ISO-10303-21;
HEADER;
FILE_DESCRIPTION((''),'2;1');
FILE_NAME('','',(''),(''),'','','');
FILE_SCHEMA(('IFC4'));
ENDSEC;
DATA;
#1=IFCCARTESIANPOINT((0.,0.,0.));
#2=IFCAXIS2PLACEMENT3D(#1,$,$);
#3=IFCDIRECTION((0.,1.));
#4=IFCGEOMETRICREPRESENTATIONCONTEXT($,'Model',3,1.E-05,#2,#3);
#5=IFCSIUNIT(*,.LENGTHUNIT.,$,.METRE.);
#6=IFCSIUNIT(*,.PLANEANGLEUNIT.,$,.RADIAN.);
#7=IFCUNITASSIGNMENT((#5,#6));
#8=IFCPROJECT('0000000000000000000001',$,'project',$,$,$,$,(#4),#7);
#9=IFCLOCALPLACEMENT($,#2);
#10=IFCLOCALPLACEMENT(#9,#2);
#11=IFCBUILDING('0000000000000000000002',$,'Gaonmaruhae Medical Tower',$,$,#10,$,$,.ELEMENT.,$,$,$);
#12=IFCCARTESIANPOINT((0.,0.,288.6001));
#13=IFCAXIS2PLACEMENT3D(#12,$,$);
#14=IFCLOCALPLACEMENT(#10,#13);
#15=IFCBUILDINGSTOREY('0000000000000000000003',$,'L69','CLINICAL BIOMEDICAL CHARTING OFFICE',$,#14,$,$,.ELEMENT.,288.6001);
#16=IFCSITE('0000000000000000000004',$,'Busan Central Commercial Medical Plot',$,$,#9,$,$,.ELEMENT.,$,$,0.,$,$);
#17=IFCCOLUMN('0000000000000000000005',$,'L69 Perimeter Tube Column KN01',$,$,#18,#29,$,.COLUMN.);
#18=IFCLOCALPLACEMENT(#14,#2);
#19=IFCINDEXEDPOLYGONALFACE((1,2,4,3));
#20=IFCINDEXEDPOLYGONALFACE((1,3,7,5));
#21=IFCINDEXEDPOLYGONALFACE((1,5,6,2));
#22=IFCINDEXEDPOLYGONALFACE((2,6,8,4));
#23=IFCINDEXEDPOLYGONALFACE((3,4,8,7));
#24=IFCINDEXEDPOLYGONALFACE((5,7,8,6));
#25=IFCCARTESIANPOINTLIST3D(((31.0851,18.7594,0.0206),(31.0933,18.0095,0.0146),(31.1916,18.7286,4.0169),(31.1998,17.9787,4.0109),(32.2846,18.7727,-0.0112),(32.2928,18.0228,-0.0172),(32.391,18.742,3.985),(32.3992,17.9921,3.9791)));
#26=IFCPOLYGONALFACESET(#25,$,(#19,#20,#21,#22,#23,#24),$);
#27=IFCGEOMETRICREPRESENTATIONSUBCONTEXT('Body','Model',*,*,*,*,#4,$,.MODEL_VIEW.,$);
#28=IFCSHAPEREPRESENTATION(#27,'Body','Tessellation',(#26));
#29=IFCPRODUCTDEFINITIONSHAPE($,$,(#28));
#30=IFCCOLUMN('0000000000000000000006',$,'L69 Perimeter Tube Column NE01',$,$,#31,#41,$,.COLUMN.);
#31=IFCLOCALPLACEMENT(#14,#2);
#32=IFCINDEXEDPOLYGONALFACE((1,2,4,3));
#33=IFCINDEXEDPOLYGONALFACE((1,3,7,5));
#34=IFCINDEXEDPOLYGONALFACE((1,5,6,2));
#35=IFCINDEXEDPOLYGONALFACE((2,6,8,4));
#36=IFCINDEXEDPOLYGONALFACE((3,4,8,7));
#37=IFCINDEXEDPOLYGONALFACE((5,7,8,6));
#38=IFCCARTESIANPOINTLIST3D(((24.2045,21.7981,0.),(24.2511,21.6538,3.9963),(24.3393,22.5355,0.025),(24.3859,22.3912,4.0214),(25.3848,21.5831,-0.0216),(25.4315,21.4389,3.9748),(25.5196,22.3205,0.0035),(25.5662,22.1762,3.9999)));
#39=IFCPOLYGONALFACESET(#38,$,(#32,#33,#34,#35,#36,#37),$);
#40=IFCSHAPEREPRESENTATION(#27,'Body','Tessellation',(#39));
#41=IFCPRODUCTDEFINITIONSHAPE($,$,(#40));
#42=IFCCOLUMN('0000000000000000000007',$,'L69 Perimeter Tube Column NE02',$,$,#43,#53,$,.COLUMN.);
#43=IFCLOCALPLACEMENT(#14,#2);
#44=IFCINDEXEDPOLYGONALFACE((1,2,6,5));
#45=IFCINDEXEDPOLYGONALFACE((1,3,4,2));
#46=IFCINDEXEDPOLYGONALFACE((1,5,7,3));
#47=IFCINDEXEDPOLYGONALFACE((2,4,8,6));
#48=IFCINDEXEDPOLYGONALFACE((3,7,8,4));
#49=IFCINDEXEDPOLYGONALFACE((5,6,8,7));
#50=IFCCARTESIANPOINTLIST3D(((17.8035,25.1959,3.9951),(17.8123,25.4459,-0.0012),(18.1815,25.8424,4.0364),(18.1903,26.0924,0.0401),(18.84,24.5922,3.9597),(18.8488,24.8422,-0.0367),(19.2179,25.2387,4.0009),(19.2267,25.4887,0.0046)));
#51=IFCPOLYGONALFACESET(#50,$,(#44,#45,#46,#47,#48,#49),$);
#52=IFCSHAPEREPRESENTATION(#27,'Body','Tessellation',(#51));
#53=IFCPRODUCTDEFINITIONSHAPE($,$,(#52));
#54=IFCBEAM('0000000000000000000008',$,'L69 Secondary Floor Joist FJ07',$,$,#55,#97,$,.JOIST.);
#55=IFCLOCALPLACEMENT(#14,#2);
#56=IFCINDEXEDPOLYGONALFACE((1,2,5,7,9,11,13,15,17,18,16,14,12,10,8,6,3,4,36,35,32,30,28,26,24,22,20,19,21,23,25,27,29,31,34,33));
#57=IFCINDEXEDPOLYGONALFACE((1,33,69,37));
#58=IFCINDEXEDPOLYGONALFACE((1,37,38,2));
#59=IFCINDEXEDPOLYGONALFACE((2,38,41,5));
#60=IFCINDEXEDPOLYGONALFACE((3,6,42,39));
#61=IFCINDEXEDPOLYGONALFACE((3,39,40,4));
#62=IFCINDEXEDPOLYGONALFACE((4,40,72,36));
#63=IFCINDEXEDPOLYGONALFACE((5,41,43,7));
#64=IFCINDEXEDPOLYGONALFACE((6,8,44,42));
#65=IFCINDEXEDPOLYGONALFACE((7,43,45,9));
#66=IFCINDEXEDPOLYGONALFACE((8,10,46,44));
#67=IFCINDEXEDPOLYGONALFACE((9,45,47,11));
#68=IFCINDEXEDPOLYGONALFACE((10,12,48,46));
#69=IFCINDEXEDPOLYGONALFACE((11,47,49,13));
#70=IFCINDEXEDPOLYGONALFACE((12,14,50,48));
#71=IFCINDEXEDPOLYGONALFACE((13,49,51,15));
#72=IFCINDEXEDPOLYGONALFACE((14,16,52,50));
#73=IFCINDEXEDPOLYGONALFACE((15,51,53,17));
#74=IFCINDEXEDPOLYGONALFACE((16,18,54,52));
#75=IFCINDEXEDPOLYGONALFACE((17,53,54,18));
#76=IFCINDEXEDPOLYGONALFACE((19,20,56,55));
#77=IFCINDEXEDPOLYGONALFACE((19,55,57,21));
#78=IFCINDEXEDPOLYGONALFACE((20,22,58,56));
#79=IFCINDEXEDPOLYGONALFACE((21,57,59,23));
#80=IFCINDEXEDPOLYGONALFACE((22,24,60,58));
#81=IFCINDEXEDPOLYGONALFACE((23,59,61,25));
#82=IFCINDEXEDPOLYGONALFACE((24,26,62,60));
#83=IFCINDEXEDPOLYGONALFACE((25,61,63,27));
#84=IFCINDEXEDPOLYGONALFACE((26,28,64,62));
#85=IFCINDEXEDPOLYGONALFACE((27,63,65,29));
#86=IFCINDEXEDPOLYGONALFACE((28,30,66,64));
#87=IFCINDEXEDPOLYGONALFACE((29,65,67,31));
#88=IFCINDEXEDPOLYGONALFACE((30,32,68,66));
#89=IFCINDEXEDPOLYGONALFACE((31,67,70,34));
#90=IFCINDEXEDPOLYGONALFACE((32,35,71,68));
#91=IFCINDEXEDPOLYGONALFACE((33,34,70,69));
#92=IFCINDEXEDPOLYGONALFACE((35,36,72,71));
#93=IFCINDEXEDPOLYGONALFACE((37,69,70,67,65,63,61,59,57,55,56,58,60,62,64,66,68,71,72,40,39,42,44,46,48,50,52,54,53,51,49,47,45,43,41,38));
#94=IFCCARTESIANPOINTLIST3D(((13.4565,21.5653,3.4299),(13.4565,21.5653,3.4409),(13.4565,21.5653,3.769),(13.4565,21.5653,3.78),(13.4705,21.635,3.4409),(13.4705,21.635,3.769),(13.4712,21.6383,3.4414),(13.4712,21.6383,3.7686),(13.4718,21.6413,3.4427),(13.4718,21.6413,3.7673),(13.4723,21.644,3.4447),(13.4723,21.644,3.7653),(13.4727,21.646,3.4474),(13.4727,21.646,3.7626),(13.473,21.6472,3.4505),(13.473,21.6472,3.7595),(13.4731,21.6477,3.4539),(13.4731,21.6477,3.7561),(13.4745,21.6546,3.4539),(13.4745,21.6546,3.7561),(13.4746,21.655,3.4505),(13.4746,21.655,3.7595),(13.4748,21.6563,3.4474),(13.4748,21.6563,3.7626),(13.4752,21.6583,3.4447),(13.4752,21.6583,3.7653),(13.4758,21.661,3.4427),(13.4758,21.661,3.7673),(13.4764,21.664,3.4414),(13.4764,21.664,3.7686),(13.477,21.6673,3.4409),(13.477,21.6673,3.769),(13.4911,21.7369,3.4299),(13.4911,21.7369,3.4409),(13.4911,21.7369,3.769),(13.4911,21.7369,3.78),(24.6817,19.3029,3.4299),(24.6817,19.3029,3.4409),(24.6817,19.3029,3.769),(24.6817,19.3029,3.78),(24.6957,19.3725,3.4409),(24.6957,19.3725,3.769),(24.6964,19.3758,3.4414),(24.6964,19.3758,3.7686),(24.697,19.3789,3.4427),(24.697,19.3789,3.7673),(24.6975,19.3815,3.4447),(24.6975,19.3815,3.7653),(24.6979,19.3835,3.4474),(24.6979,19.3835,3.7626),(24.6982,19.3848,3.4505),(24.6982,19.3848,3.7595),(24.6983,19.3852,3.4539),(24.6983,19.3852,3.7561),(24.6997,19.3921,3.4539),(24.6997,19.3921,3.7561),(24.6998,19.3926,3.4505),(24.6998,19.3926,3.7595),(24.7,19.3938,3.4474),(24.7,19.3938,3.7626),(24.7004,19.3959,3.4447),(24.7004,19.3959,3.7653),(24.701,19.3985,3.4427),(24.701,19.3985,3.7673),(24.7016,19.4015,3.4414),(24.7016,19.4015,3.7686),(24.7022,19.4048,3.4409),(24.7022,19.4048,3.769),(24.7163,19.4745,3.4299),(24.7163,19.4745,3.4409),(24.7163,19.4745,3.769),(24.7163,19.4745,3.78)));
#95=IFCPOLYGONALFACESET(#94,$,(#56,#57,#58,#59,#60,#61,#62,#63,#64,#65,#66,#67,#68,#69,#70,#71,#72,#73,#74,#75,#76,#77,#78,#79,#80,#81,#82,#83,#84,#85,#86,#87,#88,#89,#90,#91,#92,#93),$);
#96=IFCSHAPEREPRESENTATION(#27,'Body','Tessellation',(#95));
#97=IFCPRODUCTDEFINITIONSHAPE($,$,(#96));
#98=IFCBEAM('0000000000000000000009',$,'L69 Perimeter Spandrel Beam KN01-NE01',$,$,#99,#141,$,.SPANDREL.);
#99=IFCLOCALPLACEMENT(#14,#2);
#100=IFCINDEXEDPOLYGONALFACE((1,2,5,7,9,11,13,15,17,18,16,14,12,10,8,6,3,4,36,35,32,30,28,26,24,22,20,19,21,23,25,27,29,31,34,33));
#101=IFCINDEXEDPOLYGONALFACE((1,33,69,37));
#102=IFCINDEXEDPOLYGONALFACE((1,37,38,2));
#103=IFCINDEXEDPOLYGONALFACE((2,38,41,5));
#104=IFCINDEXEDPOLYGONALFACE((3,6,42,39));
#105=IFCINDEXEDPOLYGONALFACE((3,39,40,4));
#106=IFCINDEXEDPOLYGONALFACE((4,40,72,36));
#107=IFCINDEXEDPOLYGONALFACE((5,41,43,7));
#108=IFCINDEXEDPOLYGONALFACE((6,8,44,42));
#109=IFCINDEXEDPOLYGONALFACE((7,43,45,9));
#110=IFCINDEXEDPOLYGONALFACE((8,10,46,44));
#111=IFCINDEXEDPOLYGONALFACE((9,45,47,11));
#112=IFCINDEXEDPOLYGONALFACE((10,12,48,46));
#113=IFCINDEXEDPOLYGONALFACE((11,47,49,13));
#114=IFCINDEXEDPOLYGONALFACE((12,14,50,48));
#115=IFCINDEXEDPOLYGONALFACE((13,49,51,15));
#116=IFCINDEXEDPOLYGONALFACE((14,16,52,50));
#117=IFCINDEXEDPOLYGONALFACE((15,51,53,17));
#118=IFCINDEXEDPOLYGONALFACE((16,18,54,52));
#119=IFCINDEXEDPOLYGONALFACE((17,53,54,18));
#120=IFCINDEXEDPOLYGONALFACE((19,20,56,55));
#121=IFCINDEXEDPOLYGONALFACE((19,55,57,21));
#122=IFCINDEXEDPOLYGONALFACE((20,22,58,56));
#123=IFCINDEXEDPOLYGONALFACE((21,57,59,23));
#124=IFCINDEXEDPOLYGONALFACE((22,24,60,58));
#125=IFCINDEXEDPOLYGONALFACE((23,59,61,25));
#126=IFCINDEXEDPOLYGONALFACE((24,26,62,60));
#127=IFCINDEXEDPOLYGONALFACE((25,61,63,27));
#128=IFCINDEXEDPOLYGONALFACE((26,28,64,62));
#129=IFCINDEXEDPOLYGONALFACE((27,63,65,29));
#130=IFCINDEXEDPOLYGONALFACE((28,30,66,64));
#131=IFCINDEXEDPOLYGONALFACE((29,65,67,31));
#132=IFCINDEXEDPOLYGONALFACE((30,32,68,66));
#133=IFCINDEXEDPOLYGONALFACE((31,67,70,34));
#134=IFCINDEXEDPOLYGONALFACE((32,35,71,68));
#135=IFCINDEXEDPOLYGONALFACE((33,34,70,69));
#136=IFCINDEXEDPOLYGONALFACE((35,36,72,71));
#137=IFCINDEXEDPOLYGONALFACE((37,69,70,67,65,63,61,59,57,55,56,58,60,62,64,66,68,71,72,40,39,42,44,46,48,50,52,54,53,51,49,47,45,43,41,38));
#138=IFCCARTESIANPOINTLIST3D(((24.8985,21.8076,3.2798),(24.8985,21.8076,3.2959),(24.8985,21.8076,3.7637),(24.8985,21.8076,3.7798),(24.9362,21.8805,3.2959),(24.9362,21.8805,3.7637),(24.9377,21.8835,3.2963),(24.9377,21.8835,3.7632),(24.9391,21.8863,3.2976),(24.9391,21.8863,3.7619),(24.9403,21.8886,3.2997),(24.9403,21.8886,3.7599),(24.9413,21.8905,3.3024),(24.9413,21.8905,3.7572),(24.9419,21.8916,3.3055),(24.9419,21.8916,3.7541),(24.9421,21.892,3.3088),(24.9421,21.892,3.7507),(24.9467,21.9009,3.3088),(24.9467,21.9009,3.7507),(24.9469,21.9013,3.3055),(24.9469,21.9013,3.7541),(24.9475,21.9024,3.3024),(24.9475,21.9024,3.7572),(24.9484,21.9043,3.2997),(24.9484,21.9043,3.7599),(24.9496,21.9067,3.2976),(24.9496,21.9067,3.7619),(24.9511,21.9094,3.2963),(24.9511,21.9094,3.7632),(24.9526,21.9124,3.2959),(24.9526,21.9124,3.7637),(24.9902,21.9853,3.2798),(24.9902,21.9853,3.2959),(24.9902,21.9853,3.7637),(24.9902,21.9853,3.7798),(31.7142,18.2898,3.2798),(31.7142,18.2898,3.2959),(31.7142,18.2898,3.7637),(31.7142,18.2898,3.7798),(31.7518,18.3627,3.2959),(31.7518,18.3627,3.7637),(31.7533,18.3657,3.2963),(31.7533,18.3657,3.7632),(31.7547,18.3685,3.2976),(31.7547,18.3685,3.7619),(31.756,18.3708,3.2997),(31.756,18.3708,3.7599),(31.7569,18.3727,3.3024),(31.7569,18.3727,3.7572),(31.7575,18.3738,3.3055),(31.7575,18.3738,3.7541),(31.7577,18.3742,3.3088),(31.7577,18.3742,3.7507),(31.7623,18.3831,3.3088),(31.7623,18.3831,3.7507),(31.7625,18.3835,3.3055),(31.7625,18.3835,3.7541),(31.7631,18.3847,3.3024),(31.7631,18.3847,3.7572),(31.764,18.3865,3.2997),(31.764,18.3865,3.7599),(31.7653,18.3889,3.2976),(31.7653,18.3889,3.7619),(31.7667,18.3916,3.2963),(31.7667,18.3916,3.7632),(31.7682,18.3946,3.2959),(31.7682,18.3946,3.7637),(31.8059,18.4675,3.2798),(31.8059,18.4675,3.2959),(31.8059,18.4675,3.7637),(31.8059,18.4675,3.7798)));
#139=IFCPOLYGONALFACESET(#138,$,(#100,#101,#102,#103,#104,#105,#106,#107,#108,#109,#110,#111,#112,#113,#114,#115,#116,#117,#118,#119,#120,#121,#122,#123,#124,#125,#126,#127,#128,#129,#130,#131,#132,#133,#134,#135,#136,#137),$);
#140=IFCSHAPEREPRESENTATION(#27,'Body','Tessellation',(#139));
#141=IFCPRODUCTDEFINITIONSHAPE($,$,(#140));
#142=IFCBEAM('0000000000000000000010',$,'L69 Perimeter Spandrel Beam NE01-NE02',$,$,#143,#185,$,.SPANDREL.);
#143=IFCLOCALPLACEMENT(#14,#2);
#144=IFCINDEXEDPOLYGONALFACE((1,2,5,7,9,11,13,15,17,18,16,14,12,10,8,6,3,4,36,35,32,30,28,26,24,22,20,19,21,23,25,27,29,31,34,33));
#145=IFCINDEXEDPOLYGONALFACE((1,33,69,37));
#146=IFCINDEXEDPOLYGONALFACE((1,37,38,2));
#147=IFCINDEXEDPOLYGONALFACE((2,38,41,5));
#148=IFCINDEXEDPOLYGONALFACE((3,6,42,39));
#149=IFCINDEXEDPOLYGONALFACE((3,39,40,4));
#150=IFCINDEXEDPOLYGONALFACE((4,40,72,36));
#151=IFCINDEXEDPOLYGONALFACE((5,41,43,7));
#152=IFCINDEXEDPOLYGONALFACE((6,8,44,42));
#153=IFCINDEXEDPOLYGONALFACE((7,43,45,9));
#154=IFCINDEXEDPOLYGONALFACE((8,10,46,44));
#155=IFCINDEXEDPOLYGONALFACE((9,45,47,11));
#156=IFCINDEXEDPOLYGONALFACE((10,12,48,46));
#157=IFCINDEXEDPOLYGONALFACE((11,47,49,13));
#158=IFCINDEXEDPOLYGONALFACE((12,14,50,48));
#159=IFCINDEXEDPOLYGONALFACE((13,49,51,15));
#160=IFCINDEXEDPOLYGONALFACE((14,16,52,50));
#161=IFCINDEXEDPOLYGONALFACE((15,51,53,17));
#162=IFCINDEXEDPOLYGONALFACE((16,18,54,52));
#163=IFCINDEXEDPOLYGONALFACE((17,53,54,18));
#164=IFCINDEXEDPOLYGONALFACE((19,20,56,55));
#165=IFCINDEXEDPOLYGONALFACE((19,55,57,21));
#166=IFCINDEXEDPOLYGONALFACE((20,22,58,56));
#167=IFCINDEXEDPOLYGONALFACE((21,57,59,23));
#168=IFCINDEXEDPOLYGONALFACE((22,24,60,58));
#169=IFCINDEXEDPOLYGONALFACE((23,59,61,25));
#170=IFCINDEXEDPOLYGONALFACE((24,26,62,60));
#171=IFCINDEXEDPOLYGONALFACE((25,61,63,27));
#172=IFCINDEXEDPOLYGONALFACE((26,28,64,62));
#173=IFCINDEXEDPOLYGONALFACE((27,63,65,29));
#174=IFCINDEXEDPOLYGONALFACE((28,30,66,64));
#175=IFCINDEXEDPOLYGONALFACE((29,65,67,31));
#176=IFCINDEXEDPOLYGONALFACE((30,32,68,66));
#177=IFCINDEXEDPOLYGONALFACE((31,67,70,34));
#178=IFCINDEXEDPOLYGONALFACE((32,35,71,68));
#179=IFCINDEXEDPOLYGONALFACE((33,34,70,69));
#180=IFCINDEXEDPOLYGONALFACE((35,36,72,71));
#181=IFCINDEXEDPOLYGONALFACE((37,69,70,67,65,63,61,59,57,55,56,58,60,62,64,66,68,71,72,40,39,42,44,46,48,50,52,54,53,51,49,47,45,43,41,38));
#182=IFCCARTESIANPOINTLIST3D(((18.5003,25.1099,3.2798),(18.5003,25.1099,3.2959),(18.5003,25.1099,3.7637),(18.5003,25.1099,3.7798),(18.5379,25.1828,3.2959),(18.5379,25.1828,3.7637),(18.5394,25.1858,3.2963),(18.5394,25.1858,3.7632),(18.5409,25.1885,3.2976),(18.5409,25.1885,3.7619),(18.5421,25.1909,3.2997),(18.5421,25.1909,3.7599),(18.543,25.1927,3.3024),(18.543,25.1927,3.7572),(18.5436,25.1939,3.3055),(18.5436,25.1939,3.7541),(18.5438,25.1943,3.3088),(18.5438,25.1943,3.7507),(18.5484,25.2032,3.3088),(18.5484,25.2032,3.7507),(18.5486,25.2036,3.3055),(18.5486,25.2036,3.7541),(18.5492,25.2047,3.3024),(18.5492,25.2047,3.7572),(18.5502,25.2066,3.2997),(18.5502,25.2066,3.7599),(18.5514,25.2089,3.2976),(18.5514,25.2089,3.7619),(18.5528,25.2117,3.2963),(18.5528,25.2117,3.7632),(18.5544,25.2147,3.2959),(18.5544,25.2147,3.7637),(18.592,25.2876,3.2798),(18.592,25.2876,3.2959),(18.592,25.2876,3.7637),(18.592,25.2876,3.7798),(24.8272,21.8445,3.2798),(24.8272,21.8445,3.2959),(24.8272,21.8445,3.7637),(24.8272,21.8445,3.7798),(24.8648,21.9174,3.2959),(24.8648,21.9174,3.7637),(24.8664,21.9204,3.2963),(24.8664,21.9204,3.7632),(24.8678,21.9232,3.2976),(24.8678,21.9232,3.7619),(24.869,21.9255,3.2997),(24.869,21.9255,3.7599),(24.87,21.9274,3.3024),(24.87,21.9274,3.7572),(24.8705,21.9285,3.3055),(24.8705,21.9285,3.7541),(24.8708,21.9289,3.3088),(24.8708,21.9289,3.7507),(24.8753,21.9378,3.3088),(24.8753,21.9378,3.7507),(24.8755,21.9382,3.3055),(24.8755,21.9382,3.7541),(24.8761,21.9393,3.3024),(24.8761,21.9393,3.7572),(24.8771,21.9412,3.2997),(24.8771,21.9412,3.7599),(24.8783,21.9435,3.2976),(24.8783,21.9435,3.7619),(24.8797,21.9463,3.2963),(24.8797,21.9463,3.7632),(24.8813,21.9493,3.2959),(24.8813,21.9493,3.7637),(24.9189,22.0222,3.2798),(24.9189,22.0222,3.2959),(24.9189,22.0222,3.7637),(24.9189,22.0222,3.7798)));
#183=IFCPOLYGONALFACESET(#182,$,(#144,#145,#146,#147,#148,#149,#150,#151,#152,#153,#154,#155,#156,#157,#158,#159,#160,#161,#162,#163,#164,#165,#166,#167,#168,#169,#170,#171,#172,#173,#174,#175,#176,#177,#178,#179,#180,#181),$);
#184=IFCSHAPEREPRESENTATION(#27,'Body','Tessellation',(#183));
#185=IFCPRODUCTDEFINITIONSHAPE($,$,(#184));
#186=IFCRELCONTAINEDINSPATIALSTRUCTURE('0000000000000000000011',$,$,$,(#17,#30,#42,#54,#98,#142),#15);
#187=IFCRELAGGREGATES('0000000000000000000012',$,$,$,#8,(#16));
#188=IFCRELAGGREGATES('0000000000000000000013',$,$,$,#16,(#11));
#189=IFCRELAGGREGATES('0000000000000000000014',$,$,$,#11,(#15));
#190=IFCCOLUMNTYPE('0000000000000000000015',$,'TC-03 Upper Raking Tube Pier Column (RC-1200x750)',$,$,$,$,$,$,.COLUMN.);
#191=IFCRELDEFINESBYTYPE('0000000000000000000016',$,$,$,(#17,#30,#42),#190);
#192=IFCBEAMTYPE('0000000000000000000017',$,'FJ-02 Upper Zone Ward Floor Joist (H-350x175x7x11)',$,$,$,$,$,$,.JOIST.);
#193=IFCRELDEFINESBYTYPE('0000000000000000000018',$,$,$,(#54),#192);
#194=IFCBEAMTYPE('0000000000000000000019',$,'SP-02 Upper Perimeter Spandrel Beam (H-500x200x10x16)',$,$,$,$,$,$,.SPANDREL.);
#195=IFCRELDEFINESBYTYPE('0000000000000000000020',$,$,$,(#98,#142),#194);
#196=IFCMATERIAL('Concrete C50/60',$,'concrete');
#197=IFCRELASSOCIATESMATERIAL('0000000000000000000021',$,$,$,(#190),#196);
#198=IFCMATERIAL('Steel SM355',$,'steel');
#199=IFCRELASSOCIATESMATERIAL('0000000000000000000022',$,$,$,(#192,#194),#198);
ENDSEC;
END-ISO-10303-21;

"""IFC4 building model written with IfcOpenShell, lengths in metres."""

from ifc_helpers import new_model, si_unit, direction, frame, origin, origin_2d, place, context, subcontext, project, spatial, rectangle, i_section, extrude, material, material_profile, profile_set, type_object, element, save


model = new_model("IFC4")

# Units and contexts
model_context = context("Model", 3, precision=1e-05, world=origin(), true_north=direction((0.0, 1.0)))
body_context = subcontext(model_context, "Body", "Model", "MODEL_VIEW")
ifc_project = project(units=[si_unit("LENGTHUNIT", "METRE"), si_unit("PLANEANGLEUNIT", "RADIAN")], contexts=[model_context])

# Site, building, storey
site_placement = place(None, origin())
site = spatial("IfcSite", under=ifc_project, at=site_placement, Name="Busan Central Commercial Medical Plot", CompositionType="ELEMENT", RefElevation=0.0)
building_placement = place(site_placement, origin())
building = spatial("IfcBuilding", under=site, at=building_placement, Name="Gaonmaruhae Medical Tower", CompositionType="ELEMENT")
storey_placement = place(building_placement, frame((0.0, 0.0, 288.6001)))
storey = spatial("IfcBuildingStorey", under=building, at=storey_placement, Name="L69", Description="CLINICAL BIOMEDICAL CHARTING OFFICE", CompositionType="ELEMENT", Elevation=288.6001)

# Columns
ifc_material_1 = material(Name="Concrete C50/60", Category="concrete")
ifc_material_profile_1 = material_profile(ifc_material_1, rectangle(XDim=1.2, YDim=0.75, at=origin_2d()), Name="RC-1200x750")
ifc_profile_set_1 = profile_set([ifc_material_profile_1], Name="Concrete C50/60")
column_type = type_object("IfcColumnType", Name="TC-03 Upper Raking Tube Pier Column (RC-1200x750)", PredefinedType="COLUMN", material=ifc_profile_set_1)
column_1_placement = place(storey_placement, frame((31.689, 18.3911, 0.0017), z_axis=(0.026625, -0.007695, 0.999616), x_axis=(-0.999586, -0.011118, 0.026539)))
element("IfcColumn", 1, at=column_1_placement, inside=storey, type_object=column_type, Name="L69 Perimeter Tube Column KN01", PredefinedType="COLUMN", context=body_context, shape_type="SweptSolid", body=[
    extrude(rectangle(XDim=1.2, YDim=0.75, at=origin_2d()), origin(), (0.0, 0.0, 1.0), 3.9978),
])
column_2_placement = place(storey_placement, frame((24.8621, 22.0593, 0.0017), z_axis=(0.01166, -0.036079, 0.999281), x_axis=(-0.983655, 0.179168, 0.017946)))
element("IfcColumn", 2, at=column_2_placement, inside=storey, type_object=column_type, Name="L69 Perimeter Tube Column NE01", PredefinedType="COLUMN", context=body_context, shape_type="SweptSolid", body=[
    extrude(rectangle(XDim=1.2, YDim=0.75, at=origin_2d()), origin(), (0.0, 0.0, 1.0), 3.9993),
])
column_3_placement = place(storey_placement, frame((18.5195, 25.4673, 0.0017), z_axis=(-0.002195, -0.062435, 0.998047), x_axis=(-0.863749, 0.503053, 0.02957)))
element("IfcColumn", 3, at=column_3_placement, inside=storey, type_object=column_type, Name="L69 Perimeter Tube Column NE02", PredefinedType="COLUMN", context=body_context, shape_type="SweptSolid", body=[
    extrude(rectangle(XDim=1.2, YDim=0.75, at=origin_2d()), origin(), (0.0, 0.0, 1.0), 4.0042),
])

# Beams
ifc_material_2 = material(Name="Steel SM355", Category="steel")
ifc_material_profile_2 = material_profile(ifc_material_2, i_section(OverallWidth=0.175, OverallDepth=0.3501, WebThickness=0.0071, FlangeThickness=0.011, FilletRadius=0.0129, at=origin_2d()), Name="H-350x175x7x11")
ifc_profile_set_2 = profile_set([ifc_material_profile_2], Name="Steel SM355")
beam_type_1 = type_object("IfcBeamType", Name="FJ-02 Upper Zone Ward Floor Joist (H-350x175x7x11)", PredefinedType="JOIST", material=ifc_profile_set_2)
beam_1_placement = place(storey_placement, frame((24.699, 19.3887, 3.605), z_axis=(-0.980287, 0.19758, 0.0), x_axis=(-0.19758, -0.980287, 0.0)))
element("IfcBeam", 4, at=beam_1_placement, inside=storey, type_object=beam_type_1, Name="L69 Secondary Floor Joist FJ07", PredefinedType="JOIST", context=body_context, shape_type="SweptSolid", body=[
    extrude(i_section(OverallWidth=0.175, OverallDepth=0.3501, WebThickness=0.0071, FlangeThickness=0.011, FilletRadius=0.0129, at=origin_2d()), origin(), (0.0, 0.0, 1.0), 11.4509),
])
ifc_material_profile_3 = material_profile(ifc_material_2, i_section(OverallWidth=0.2, OverallDepth=0.5, WebThickness=0.01, FlangeThickness=0.0161, FilletRadius=0.0129, at=origin_2d()), Name="H-500x200x10x16")
ifc_profile_set_3 = profile_set([ifc_material_profile_3], Name="Steel SM355")
beam_type_2 = type_object("IfcBeamType", Name="SP-02 Upper Perimeter Spandrel Beam (H-500x200x10x16)", PredefinedType="SPANDREL", material=ifc_profile_set_3)
beam_2_placement = place(storey_placement, frame((31.76, 18.3787, 3.5298), z_axis=(-0.888618, 0.458649, 0.0), x_axis=(-0.458649, -0.888618, 0.0)))
element("IfcBeam", 5, at=beam_2_placement, inside=storey, type_object=beam_type_2, Name="L69 Perimeter Spandrel Beam KN01-NE01", PredefinedType="SPANDREL", context=body_context, shape_type="SweptSolid", body=[
    extrude(i_section(OverallWidth=0.2, OverallDepth=0.5, WebThickness=0.01, FlangeThickness=0.0161, FilletRadius=0.0129, at=origin_2d()), origin(), (0.0, 0.0, 1.0), 7.6699),
])
beam_3_placement = place(storey_placement, frame((24.873, 21.9333, 3.5298), z_axis=(-0.888627, 0.45863, 0.0), x_axis=(-0.45863, -0.888627, 0.0)))
element("IfcBeam", 6, at=beam_3_placement, inside=storey, type_object=beam_type_2, Name="L69 Perimeter Spandrel Beam NE01-NE02", PredefinedType="SPANDREL", context=body_context, shape_type="SweptSolid", body=[
    extrude(i_section(OverallWidth=0.2, OverallDepth=0.5, WebThickness=0.01, FlangeThickness=0.0161, FilletRadius=0.0129, at=origin_2d()), origin(), (0.0, 0.0, 1.0), 7.1199),
])

save(model, "model.ifc")
